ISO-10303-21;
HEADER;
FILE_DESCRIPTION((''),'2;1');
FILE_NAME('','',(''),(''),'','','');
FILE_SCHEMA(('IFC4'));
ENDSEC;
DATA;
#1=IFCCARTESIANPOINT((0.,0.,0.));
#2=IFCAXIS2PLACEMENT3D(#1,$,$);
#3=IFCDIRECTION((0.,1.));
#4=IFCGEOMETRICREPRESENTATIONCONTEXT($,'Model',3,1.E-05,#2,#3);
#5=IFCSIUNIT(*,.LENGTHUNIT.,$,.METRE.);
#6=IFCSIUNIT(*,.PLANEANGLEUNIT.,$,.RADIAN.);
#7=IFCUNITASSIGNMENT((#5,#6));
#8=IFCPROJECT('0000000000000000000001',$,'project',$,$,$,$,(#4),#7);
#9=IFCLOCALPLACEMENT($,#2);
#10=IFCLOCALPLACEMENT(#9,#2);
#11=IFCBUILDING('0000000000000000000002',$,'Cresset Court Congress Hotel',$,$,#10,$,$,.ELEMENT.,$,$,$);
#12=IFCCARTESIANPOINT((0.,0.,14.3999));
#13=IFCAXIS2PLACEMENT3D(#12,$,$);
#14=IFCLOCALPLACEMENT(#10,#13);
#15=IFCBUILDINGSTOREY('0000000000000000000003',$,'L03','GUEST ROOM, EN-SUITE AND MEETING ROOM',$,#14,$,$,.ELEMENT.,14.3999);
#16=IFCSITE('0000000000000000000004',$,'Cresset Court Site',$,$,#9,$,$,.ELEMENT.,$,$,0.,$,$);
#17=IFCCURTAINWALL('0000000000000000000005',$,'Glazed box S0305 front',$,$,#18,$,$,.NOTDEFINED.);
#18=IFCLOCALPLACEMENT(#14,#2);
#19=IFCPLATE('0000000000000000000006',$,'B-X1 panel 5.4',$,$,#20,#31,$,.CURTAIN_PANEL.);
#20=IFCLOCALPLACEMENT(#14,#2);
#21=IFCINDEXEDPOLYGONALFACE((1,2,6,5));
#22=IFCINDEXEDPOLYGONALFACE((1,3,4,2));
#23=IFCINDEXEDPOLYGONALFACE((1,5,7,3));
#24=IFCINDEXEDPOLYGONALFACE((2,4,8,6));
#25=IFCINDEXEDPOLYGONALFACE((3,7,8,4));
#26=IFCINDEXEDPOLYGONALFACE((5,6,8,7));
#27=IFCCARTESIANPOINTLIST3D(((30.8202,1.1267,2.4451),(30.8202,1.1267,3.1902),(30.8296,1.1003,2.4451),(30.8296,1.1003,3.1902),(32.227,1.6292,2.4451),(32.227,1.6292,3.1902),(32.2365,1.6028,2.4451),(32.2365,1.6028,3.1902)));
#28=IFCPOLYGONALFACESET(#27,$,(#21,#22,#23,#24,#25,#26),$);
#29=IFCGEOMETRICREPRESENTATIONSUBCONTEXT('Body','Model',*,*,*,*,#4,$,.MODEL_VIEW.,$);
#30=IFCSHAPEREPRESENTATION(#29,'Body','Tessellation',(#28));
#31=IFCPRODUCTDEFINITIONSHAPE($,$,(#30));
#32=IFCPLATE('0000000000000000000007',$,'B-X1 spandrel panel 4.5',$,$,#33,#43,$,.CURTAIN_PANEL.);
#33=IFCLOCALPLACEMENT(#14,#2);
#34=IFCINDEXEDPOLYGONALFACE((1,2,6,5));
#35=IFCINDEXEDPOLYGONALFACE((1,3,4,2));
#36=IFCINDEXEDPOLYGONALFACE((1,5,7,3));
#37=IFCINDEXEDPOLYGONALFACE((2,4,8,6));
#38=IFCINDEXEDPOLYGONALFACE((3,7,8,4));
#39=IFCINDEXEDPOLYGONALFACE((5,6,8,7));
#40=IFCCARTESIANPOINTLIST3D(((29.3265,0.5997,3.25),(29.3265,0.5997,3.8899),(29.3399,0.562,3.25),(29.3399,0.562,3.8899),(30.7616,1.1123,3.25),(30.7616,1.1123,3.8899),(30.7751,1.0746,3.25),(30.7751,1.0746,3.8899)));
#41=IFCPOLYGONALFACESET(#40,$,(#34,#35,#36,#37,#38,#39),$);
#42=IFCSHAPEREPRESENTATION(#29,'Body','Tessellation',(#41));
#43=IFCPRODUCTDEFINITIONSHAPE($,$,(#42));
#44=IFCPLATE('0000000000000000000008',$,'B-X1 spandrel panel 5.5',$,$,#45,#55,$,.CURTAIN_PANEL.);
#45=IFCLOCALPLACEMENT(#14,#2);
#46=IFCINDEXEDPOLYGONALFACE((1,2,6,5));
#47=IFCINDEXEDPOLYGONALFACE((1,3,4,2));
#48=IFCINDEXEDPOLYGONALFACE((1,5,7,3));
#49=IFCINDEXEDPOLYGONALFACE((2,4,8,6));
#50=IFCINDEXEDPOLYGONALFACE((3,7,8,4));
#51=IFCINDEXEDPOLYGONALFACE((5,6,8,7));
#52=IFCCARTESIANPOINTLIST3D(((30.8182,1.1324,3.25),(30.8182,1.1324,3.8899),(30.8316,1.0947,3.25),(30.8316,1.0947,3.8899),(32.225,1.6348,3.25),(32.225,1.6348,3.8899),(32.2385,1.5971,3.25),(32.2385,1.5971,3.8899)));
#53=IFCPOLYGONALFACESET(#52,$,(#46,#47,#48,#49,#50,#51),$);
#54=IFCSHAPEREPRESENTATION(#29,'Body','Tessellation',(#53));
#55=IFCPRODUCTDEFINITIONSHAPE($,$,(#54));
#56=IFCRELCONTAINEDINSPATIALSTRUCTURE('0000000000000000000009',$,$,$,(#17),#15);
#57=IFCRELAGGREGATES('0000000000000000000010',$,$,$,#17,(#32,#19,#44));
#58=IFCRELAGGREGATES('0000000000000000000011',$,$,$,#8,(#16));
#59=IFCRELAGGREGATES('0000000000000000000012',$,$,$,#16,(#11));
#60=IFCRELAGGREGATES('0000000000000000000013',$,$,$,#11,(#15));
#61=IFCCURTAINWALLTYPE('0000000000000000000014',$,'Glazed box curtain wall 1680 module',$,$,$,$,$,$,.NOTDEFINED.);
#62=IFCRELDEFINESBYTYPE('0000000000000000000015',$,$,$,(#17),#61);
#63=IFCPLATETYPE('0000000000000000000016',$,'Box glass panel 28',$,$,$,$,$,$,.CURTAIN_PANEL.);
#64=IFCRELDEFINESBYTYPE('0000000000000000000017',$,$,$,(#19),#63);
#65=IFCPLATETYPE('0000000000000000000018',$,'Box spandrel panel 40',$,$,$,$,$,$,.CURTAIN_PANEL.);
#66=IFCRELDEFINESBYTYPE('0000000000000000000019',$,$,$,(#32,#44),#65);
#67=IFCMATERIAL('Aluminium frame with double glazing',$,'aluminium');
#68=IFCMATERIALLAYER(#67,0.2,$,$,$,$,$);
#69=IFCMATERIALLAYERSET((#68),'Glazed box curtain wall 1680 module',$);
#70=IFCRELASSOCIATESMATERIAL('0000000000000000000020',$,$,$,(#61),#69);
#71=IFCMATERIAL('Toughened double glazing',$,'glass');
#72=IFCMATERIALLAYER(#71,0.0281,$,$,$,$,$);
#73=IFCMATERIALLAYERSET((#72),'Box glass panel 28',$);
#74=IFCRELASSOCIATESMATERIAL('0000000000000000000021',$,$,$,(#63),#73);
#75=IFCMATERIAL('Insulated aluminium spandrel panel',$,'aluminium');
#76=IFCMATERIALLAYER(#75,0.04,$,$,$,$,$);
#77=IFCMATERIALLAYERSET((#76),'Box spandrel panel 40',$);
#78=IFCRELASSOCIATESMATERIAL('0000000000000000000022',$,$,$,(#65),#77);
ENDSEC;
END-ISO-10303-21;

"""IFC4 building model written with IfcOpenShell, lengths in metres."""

from ifc_helpers import new_model, si_unit, direction, frame, origin, origin_2d, place, context, subcontext, project, spatial, rectangle, extrude, material, layer, layer_set, type_object, element, aggregate, save


model = new_model("IFC4")

# Units and contexts
model_context = context("Model", 3, precision=1e-05, world=origin(), true_north=direction((0.0, 1.0)))
body_context = subcontext(model_context, "Body", "Model", "MODEL_VIEW")
ifc_project = project(units=[si_unit("LENGTHUNIT", "METRE"), si_unit("PLANEANGLEUNIT", "RADIAN")], contexts=[model_context])

# Site, building, storey
site_placement = place(None, origin())
site = spatial("IfcSite", under=ifc_project, at=site_placement, Name="Cresset Court Site", CompositionType="ELEMENT", RefElevation=0.0)
building_placement = place(site_placement, origin())
building = spatial("IfcBuilding", under=site, at=building_placement, Name="Cresset Court Congress Hotel", CompositionType="ELEMENT")
storey_placement = place(building_placement, frame((0.0, 0.0, 14.3999)))
storey = spatial("IfcBuildingStorey", under=building, at=storey_placement, Name="L03", Description="GUEST ROOM, EN-SUITE AND MEETING ROOM", CompositionType="ELEMENT", Elevation=14.3999)

# Curtain wall
ifc_material_1 = material(Name="Aluminium frame with double glazing", Category="aluminium")
ifc_layer_1 = layer(ifc_material_1, 0.2)
ifc_layer_set_1 = layer_set([ifc_layer_1], Name="Glazed box curtain wall 1680 module")
curtain_wall_type = type_object("IfcCurtainWallType", Name="Glazed box curtain wall 1680 module", PredefinedType="NOTDEFINED", material=ifc_layer_set_1)
curtain_wall_1_placement = place(storey_placement, origin())
curtain_wall_1 = element("IfcCurtainWall", 1, at=curtain_wall_1_placement, inside=storey, type_object=curtain_wall_type, Name="Glazed box S0305 front", PredefinedType="NOTDEFINED")

# Plates
ifc_material_2 = material(Name="Toughened double glazing", Category="glass")
ifc_layer_2 = layer(ifc_material_2, 0.0281)
ifc_layer_set_2 = layer_set([ifc_layer_2], Name="Box glass panel 28")
plate_type_1 = type_object("IfcPlateType", Name="Box glass panel 28", PredefinedType="CURTAIN_PANEL", material=ifc_layer_set_2)
plate_1_placement = place(storey_placement, frame((31.5283, 1.3647, 2.4451), z_axis=(0.0, 0.0, 1.0), x_axis=(0.941742, 0.336336, 0.0)))
plate_1 = element("IfcPlate", 2, at=plate_1_placement, type_object=plate_type_1, Name="B-X1 panel 5.4", PredefinedType="CURTAIN_PANEL", context=body_context, shape_type="SweptSolid", body=[
    extrude(rectangle(XDim=1.4939, YDim=0.0281, at=origin_2d()), origin(), (0.0, 0.0, 1.0), 0.7451),
])
ifc_material_3 = material(Name="Insulated aluminium spandrel panel", Category="aluminium")
ifc_layer_3 = layer(ifc_material_3, 0.04)
ifc_layer_set_3 = layer_set([ifc_layer_3], Name="Box spandrel panel 40")
plate_type_2 = type_object("IfcPlateType", Name="Box spandrel panel 40", PredefinedType="CURTAIN_PANEL", material=ifc_layer_set_3)
plate_2_placement = place(storey_placement, frame((30.0508, 0.8372, 3.25), z_axis=(0.0, 0.0, 1.0), x_axis=(0.941742, 0.336336, 0.0)))
plate_2 = element("IfcPlate", 3, at=plate_2_placement, type_object=plate_type_2, Name="B-X1 spandrel panel 4.5", PredefinedType="CURTAIN_PANEL", context=body_context, shape_type="SweptSolid", body=[
    extrude(rectangle(XDim=1.5239, YDim=0.04, at=origin_2d()), origin(), (0.0, 0.0, 1.0), 0.6399),
])
plate_3_placement = place(storey_placement, frame((31.5283, 1.3647, 3.25), z_axis=(0.0, 0.0, 1.0), x_axis=(0.941742, 0.336336, 0.0)))
plate_3 = element("IfcPlate", 4, at=plate_3_placement, type_object=plate_type_2, Name="B-X1 spandrel panel 5.5", PredefinedType="CURTAIN_PANEL", context=body_context, shape_type="SweptSolid", body=[
    extrude(rectangle(XDim=1.4939, YDim=0.04, at=origin_2d()), origin(), (0.0, 0.0, 1.0), 0.6399),
])
aggregate(curtain_wall_1, [plate_2, plate_1, plate_3])

save(model, "model.ifc")
